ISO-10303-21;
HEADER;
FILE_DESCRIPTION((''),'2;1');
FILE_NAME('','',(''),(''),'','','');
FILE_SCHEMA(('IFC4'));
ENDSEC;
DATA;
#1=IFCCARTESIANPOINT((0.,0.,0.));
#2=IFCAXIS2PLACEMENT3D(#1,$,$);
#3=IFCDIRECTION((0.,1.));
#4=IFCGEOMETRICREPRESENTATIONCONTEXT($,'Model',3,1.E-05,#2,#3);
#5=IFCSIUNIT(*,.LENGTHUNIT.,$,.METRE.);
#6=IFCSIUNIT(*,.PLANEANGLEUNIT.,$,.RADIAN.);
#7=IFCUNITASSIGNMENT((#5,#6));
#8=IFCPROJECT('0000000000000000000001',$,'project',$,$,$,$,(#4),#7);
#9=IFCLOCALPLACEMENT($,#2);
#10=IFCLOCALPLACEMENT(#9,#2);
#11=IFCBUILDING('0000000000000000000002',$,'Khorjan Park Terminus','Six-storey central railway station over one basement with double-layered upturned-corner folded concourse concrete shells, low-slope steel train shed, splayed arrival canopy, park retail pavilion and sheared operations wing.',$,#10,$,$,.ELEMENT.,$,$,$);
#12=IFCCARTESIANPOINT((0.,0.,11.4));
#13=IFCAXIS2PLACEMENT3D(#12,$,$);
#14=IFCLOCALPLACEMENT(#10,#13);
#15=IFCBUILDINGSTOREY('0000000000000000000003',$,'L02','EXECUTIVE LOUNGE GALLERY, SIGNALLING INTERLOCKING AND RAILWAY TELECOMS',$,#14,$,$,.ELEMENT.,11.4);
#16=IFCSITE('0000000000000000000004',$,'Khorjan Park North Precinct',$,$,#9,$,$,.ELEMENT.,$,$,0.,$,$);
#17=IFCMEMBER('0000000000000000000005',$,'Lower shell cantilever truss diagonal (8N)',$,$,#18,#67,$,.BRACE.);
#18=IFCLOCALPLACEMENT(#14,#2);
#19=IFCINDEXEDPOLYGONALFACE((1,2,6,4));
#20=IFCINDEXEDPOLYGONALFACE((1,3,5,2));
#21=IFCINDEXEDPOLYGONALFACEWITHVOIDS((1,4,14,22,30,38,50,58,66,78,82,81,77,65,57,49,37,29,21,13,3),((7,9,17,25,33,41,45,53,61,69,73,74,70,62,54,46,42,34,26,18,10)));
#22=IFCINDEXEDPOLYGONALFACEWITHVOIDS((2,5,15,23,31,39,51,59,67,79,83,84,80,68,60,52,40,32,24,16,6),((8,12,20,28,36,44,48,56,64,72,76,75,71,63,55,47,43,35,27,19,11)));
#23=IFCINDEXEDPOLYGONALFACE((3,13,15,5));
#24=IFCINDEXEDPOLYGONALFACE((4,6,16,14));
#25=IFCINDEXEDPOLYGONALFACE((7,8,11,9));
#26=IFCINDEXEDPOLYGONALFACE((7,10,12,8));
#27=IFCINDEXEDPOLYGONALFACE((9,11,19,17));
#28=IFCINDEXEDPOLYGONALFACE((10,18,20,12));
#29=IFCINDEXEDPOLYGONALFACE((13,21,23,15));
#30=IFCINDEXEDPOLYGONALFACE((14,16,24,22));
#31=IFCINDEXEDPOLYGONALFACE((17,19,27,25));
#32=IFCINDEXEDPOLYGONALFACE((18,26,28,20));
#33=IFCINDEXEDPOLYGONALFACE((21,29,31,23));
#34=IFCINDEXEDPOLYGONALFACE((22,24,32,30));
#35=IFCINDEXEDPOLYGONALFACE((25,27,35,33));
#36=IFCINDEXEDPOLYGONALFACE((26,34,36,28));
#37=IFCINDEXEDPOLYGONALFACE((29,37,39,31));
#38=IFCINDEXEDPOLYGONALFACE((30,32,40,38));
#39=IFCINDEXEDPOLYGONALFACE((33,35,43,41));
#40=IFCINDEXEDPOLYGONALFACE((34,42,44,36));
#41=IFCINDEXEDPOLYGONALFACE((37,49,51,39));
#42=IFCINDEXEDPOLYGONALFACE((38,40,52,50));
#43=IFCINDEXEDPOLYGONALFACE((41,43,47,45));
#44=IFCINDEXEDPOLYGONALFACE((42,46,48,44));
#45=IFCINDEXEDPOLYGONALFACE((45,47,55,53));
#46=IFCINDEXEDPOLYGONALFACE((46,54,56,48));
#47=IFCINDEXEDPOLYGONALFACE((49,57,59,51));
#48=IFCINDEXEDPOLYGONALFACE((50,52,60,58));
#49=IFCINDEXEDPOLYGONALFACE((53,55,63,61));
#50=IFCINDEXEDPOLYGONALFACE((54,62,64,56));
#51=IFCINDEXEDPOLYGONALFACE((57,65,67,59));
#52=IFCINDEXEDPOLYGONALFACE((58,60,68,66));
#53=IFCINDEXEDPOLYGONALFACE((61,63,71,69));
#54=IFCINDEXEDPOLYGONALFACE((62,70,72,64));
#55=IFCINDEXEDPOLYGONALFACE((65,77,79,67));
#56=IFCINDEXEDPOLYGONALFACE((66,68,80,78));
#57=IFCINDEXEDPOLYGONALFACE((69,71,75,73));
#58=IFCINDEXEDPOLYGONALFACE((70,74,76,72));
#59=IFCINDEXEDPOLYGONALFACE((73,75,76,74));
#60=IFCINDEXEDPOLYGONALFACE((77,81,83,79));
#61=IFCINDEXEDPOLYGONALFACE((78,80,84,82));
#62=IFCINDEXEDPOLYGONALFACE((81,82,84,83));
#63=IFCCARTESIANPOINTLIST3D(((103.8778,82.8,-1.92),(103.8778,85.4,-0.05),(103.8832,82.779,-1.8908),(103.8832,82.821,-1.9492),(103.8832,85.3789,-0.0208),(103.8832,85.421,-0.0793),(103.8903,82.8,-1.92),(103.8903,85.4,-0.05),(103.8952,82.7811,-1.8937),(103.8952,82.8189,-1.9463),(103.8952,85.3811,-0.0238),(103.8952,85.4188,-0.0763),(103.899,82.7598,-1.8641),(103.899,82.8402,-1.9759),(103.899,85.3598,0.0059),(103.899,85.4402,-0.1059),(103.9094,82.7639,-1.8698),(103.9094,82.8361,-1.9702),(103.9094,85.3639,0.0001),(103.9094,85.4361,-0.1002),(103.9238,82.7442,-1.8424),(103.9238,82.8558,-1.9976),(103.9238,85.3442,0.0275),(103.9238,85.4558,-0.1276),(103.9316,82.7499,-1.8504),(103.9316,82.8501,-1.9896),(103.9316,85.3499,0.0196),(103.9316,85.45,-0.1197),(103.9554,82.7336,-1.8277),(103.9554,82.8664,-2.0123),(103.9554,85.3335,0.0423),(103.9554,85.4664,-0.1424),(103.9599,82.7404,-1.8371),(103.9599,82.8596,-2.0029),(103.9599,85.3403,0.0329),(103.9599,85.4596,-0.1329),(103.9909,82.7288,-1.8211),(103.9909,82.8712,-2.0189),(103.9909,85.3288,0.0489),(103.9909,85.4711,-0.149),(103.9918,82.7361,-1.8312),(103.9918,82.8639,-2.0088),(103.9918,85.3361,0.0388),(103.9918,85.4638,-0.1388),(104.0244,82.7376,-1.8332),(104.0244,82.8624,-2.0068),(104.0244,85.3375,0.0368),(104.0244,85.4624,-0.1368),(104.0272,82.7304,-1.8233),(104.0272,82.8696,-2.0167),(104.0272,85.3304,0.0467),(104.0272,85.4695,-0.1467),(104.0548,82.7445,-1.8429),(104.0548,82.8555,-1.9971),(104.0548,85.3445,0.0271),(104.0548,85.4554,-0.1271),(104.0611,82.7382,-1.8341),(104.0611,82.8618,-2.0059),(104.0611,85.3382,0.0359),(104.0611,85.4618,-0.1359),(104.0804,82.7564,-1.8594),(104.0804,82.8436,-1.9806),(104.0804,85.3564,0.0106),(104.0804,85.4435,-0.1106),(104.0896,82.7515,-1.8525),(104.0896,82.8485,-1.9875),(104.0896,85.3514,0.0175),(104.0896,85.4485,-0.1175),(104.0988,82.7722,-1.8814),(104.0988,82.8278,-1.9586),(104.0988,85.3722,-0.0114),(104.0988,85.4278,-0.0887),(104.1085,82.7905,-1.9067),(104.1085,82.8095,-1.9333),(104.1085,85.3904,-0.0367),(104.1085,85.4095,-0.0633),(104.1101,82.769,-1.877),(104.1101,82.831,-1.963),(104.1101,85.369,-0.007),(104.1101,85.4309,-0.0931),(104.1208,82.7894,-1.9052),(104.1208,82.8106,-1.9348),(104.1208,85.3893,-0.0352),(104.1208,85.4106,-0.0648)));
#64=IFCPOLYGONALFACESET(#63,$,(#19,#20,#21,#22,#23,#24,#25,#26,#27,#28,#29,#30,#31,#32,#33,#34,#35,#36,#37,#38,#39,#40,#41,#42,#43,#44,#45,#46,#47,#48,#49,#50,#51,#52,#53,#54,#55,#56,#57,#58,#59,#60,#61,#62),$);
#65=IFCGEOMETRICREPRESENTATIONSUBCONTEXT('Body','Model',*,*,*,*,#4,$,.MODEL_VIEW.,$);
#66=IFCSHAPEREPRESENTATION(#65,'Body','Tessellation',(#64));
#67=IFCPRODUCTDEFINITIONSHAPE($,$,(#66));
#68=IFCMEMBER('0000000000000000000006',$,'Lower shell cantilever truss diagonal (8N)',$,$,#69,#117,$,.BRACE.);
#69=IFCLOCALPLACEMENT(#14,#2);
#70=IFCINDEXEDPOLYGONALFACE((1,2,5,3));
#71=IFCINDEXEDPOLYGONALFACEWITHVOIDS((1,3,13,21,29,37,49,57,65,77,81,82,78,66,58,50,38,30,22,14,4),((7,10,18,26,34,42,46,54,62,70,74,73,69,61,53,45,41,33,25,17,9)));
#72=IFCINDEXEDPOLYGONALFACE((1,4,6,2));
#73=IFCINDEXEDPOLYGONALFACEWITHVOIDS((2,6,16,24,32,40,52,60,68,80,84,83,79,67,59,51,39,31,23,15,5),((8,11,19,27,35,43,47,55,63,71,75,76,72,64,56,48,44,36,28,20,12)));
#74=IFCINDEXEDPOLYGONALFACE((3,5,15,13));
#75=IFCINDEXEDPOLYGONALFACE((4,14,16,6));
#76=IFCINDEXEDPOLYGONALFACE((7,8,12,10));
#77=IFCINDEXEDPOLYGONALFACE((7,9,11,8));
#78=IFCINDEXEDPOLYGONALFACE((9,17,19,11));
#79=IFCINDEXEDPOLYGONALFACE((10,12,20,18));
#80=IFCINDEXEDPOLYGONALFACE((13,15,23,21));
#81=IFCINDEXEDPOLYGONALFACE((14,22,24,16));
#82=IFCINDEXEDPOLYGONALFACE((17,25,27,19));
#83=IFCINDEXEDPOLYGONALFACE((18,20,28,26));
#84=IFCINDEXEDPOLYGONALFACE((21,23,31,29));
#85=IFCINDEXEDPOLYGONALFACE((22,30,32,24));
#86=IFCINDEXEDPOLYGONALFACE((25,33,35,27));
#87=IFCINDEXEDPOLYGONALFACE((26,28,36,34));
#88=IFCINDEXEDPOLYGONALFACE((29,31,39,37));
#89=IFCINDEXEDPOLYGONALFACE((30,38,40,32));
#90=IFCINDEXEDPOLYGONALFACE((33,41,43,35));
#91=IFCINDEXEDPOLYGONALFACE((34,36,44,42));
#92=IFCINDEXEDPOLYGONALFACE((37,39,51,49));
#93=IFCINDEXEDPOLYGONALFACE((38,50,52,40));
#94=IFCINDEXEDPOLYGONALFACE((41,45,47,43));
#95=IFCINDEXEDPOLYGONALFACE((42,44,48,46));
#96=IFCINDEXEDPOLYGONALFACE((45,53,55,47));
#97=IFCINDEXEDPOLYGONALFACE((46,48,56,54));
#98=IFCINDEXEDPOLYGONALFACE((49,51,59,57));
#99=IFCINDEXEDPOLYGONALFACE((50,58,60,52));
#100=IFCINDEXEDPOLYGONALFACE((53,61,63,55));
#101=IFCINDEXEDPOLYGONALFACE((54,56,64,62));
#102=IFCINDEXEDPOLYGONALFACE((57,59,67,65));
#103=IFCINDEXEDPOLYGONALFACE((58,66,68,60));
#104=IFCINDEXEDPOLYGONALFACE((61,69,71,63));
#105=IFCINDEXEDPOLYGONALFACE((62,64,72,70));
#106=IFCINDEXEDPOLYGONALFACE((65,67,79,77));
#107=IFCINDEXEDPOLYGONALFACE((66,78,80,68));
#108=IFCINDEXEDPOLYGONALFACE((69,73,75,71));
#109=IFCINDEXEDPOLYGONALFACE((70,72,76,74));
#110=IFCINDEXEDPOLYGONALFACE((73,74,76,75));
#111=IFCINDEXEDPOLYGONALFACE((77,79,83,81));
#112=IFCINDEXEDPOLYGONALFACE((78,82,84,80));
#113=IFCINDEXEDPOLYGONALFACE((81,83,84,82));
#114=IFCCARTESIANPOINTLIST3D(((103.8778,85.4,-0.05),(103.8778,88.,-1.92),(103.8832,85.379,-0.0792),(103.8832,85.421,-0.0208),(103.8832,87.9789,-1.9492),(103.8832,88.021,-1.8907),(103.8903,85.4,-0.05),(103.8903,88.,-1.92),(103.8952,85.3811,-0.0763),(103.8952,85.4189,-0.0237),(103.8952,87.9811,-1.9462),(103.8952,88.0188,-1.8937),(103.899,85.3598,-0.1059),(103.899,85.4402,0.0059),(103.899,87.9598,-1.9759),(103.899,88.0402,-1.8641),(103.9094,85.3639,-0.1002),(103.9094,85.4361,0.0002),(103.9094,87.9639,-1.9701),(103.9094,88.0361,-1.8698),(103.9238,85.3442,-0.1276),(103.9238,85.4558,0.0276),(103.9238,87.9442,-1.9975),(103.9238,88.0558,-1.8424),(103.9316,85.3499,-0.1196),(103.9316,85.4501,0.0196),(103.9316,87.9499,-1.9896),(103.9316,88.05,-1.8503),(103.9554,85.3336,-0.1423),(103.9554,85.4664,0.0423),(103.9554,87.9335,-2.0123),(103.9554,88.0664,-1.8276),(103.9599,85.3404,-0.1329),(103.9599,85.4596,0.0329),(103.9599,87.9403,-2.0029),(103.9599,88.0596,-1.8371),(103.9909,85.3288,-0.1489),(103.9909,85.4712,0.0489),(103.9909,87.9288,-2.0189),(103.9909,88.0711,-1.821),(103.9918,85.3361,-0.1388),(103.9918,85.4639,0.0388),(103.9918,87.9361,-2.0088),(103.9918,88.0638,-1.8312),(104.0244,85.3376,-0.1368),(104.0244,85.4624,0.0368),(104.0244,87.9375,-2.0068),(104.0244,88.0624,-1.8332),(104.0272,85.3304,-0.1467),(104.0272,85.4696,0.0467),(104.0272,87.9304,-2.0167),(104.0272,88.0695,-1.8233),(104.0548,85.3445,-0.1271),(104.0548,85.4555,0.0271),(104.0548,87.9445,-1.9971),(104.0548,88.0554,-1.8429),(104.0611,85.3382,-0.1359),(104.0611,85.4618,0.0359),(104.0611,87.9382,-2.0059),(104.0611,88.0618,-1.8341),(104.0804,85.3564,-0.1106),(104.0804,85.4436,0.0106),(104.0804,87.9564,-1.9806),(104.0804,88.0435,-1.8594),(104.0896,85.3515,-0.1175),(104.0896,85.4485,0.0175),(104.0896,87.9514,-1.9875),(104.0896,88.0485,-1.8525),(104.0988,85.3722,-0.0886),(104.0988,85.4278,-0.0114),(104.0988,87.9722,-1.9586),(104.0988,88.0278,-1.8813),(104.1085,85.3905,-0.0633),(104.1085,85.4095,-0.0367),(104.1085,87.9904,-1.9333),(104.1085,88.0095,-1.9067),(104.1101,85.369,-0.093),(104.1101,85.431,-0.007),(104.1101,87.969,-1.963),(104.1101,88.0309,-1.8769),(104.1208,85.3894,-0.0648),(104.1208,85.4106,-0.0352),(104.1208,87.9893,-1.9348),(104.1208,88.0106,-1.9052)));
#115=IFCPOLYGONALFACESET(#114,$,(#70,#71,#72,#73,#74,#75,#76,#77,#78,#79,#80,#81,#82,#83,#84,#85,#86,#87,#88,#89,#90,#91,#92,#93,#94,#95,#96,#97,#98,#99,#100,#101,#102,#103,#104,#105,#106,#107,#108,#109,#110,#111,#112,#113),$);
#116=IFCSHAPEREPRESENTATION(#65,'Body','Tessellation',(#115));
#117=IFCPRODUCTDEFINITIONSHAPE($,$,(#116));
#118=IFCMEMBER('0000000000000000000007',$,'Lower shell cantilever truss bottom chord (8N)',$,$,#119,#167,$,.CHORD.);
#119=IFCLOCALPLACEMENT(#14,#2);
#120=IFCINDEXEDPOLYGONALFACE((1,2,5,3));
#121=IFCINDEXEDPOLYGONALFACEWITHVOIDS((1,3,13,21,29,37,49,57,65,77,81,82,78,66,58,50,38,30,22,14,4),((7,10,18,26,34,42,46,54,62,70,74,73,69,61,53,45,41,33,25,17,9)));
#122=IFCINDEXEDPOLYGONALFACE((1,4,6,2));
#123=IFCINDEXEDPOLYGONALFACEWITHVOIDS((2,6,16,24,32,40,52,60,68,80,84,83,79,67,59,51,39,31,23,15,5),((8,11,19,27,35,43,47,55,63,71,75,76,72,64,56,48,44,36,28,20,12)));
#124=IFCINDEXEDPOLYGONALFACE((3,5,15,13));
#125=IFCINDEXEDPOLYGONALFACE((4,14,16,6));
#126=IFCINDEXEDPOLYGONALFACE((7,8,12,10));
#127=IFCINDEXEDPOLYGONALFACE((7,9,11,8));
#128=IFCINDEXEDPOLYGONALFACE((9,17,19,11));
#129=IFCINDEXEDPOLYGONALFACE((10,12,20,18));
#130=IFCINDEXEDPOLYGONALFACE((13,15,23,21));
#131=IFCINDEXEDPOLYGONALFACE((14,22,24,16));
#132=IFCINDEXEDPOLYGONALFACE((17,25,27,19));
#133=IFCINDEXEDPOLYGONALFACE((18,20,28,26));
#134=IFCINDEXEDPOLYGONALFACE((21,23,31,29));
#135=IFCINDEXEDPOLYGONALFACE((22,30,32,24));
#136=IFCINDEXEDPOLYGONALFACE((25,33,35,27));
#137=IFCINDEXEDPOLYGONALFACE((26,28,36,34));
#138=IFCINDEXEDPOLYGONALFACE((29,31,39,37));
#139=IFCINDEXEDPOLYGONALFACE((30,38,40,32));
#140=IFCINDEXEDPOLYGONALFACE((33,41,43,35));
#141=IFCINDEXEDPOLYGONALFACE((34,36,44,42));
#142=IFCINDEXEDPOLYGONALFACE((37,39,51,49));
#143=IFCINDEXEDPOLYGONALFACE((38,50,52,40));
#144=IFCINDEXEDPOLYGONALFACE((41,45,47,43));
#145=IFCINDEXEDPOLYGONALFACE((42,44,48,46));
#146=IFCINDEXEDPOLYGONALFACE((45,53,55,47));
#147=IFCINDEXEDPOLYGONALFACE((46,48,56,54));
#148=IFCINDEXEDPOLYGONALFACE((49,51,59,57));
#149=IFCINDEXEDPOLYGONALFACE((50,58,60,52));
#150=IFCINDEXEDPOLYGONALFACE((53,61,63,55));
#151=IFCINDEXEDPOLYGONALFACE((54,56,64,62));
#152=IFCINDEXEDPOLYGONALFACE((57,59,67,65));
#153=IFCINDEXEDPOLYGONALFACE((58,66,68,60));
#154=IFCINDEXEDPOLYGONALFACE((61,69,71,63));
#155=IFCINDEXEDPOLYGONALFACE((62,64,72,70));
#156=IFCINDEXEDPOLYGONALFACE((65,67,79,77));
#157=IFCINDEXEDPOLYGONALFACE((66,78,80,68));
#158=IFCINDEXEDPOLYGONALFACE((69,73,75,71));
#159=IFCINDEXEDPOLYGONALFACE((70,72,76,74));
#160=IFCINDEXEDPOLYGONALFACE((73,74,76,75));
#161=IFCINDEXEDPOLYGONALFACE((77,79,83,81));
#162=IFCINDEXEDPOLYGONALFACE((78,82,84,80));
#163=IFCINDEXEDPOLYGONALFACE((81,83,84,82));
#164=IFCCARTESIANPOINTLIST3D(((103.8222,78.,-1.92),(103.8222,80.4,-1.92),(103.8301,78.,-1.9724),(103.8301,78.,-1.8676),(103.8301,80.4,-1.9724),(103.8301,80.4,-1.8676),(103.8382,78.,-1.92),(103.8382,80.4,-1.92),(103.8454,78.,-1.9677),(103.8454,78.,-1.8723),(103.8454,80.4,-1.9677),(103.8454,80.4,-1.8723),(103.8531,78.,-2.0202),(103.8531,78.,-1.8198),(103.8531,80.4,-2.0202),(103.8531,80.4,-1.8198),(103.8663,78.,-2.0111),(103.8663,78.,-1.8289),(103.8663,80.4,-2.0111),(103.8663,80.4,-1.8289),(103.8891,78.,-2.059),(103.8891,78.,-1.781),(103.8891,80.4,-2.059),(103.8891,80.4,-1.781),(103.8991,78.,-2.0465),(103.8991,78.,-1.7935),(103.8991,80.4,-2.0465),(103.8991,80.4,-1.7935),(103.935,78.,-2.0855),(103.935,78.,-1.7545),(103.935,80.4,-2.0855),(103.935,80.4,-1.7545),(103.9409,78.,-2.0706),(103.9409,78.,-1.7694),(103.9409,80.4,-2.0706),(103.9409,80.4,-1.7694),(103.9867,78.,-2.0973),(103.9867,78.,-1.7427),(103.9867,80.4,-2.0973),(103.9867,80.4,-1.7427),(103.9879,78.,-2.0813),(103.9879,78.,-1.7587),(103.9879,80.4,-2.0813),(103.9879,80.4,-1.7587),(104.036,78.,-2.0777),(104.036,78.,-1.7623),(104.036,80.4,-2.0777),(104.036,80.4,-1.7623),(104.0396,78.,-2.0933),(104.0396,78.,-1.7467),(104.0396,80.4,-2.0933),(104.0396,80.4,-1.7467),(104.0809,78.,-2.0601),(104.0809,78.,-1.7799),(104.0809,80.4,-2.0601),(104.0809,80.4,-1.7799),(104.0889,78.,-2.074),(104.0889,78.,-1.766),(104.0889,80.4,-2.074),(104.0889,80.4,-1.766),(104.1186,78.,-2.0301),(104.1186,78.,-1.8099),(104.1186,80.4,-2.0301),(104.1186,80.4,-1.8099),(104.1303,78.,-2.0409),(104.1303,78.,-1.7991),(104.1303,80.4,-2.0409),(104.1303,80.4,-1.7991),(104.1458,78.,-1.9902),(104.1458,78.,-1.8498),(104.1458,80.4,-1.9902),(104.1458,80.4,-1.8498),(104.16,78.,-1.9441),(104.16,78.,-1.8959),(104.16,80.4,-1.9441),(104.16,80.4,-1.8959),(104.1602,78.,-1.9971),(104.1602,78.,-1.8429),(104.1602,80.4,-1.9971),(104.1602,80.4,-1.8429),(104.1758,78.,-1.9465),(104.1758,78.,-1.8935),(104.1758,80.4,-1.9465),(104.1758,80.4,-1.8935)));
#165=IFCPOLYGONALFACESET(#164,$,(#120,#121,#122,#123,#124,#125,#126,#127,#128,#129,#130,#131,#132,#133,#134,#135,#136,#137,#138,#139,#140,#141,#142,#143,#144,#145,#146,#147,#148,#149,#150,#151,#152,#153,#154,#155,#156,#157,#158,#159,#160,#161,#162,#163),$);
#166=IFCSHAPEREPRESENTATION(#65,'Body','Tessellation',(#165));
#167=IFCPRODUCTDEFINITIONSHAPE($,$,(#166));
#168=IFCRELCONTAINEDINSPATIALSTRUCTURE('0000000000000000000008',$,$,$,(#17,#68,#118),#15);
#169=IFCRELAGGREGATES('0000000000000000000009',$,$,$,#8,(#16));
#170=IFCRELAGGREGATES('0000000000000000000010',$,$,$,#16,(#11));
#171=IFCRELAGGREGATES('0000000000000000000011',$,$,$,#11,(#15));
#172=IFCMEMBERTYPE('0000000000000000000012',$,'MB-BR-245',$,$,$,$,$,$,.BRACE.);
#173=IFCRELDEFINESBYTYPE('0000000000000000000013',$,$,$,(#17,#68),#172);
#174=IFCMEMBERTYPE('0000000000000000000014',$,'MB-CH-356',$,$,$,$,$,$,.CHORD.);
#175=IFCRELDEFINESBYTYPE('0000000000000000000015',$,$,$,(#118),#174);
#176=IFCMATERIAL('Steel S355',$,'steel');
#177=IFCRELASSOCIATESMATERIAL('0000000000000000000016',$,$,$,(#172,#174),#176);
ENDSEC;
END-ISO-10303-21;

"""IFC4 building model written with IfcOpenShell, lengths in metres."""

from ifc_helpers import new_model, si_unit, direction, frame, origin, origin_2d, place, context, subcontext, project, spatial, hollow_circle, extrude, material, material_profile, profile_set, type_object, element, save


model = new_model("IFC4")

# Units and contexts
model_context = context("Model", 3, precision=1e-05, world=origin(), true_north=direction((0.0, 1.0)))
body_context = subcontext(model_context, "Body", "Model", "MODEL_VIEW")
ifc_project = project(units=[si_unit("LENGTHUNIT", "METRE"), si_unit("PLANEANGLEUNIT", "RADIAN")], contexts=[model_context])

# Site, building, storey
site_placement = place(None, origin())
site = spatial("IfcSite", under=ifc_project, at=site_placement, Name="Khorjan Park North Precinct", CompositionType="ELEMENT", RefElevation=0.0)
building_placement = place(site_placement, origin())
building = spatial("IfcBuilding", under=site, at=building_placement, Name="Khorjan Park Terminus", Description="Six-storey central railway station over one basement with double-layered upturned-corner folded concourse concrete shells, low-slope steel train shed, splayed arrival canopy, park retail pavilion and sheared operations wing.", CompositionType="ELEMENT")
storey_placement = place(building_placement, frame((0.0, 0.0, 11.4)))
storey = spatial("IfcBuildingStorey", under=building, at=storey_placement, Name="L02", Description="EXECUTIVE LOUNGE GALLERY, SIGNALLING INTERLOCKING AND RAILWAY TELECOMS", CompositionType="ELEMENT", Elevation=11.4)

# Shared definitions
ifc_material_1 = material(Name="Steel S355", Category="steel")

# Members
ifc_material_profile_1 = material_profile(ifc_material_1, hollow_circle(Radius=0.1222, WallThickness=0.0125, at=origin_2d()), Name="CHS 244.5x12.5")
ifc_profile_set_1 = profile_set([ifc_material_profile_1], Name="Steel S355")
member_type_1 = type_object("IfcMemberType", Name="MB-BR-245", PredefinedType="BRACE", material=ifc_profile_set_1)
for number, where, z_axis, x_axis, name in (
    (1, (104.0, 82.8, -1.92), (0.0, 0.81183, 0.583893), (-1.0, 0.0, 0.0), "Lower shell cantilever truss diagonal (8N)"),
    (2, (104.0, 85.4, -0.05), (0.0, 0.81183, -0.583893), (-1.0, 0.0, 0.0), "Lower shell cantilever truss diagonal (8N)"),
):
    element("IfcMember", number, at=place(storey_placement, frame(where, z_axis=z_axis, x_axis=x_axis)), inside=storey, type_object=member_type_1, Name=name, PredefinedType="BRACE", context=body_context, shape_type="SweptSolid", body=[
        extrude(hollow_circle(Radius=0.1222, WallThickness=0.0125, at=origin_2d()), origin(), (0.0, 0.0, 1.0), 3.2026),
    ])
ifc_material_profile_2 = material_profile(ifc_material_1, hollow_circle(Radius=0.1778, WallThickness=0.016, at=origin_2d()), Name="CHS 355.6x16")
ifc_profile_set_2 = profile_set([ifc_material_profile_2], Name="Steel S355")
member_type_2 = type_object("IfcMemberType", Name="MB-CH-356", PredefinedType="CHORD", material=ifc_profile_set_2)
for number, where, z_axis, x_axis, name in (
    (3, (104.0, 78.0, -1.92), (0.0, 1.0, 0.0), (-1.0, 0.0, 0.0), "Lower shell cantilever truss bottom chord (8N)"),
):
    element("IfcMember", number, at=place(storey_placement, frame(where, z_axis=z_axis, x_axis=x_axis)), inside=storey, type_object=member_type_2, Name=name, PredefinedType="CHORD", context=body_context, shape_type="SweptSolid", body=[
        extrude(hollow_circle(Radius=0.1778, WallThickness=0.016, at=origin_2d()), origin(), (0.0, 0.0, 1.0), 2.4),
    ])

save(model, "model.ifc")
